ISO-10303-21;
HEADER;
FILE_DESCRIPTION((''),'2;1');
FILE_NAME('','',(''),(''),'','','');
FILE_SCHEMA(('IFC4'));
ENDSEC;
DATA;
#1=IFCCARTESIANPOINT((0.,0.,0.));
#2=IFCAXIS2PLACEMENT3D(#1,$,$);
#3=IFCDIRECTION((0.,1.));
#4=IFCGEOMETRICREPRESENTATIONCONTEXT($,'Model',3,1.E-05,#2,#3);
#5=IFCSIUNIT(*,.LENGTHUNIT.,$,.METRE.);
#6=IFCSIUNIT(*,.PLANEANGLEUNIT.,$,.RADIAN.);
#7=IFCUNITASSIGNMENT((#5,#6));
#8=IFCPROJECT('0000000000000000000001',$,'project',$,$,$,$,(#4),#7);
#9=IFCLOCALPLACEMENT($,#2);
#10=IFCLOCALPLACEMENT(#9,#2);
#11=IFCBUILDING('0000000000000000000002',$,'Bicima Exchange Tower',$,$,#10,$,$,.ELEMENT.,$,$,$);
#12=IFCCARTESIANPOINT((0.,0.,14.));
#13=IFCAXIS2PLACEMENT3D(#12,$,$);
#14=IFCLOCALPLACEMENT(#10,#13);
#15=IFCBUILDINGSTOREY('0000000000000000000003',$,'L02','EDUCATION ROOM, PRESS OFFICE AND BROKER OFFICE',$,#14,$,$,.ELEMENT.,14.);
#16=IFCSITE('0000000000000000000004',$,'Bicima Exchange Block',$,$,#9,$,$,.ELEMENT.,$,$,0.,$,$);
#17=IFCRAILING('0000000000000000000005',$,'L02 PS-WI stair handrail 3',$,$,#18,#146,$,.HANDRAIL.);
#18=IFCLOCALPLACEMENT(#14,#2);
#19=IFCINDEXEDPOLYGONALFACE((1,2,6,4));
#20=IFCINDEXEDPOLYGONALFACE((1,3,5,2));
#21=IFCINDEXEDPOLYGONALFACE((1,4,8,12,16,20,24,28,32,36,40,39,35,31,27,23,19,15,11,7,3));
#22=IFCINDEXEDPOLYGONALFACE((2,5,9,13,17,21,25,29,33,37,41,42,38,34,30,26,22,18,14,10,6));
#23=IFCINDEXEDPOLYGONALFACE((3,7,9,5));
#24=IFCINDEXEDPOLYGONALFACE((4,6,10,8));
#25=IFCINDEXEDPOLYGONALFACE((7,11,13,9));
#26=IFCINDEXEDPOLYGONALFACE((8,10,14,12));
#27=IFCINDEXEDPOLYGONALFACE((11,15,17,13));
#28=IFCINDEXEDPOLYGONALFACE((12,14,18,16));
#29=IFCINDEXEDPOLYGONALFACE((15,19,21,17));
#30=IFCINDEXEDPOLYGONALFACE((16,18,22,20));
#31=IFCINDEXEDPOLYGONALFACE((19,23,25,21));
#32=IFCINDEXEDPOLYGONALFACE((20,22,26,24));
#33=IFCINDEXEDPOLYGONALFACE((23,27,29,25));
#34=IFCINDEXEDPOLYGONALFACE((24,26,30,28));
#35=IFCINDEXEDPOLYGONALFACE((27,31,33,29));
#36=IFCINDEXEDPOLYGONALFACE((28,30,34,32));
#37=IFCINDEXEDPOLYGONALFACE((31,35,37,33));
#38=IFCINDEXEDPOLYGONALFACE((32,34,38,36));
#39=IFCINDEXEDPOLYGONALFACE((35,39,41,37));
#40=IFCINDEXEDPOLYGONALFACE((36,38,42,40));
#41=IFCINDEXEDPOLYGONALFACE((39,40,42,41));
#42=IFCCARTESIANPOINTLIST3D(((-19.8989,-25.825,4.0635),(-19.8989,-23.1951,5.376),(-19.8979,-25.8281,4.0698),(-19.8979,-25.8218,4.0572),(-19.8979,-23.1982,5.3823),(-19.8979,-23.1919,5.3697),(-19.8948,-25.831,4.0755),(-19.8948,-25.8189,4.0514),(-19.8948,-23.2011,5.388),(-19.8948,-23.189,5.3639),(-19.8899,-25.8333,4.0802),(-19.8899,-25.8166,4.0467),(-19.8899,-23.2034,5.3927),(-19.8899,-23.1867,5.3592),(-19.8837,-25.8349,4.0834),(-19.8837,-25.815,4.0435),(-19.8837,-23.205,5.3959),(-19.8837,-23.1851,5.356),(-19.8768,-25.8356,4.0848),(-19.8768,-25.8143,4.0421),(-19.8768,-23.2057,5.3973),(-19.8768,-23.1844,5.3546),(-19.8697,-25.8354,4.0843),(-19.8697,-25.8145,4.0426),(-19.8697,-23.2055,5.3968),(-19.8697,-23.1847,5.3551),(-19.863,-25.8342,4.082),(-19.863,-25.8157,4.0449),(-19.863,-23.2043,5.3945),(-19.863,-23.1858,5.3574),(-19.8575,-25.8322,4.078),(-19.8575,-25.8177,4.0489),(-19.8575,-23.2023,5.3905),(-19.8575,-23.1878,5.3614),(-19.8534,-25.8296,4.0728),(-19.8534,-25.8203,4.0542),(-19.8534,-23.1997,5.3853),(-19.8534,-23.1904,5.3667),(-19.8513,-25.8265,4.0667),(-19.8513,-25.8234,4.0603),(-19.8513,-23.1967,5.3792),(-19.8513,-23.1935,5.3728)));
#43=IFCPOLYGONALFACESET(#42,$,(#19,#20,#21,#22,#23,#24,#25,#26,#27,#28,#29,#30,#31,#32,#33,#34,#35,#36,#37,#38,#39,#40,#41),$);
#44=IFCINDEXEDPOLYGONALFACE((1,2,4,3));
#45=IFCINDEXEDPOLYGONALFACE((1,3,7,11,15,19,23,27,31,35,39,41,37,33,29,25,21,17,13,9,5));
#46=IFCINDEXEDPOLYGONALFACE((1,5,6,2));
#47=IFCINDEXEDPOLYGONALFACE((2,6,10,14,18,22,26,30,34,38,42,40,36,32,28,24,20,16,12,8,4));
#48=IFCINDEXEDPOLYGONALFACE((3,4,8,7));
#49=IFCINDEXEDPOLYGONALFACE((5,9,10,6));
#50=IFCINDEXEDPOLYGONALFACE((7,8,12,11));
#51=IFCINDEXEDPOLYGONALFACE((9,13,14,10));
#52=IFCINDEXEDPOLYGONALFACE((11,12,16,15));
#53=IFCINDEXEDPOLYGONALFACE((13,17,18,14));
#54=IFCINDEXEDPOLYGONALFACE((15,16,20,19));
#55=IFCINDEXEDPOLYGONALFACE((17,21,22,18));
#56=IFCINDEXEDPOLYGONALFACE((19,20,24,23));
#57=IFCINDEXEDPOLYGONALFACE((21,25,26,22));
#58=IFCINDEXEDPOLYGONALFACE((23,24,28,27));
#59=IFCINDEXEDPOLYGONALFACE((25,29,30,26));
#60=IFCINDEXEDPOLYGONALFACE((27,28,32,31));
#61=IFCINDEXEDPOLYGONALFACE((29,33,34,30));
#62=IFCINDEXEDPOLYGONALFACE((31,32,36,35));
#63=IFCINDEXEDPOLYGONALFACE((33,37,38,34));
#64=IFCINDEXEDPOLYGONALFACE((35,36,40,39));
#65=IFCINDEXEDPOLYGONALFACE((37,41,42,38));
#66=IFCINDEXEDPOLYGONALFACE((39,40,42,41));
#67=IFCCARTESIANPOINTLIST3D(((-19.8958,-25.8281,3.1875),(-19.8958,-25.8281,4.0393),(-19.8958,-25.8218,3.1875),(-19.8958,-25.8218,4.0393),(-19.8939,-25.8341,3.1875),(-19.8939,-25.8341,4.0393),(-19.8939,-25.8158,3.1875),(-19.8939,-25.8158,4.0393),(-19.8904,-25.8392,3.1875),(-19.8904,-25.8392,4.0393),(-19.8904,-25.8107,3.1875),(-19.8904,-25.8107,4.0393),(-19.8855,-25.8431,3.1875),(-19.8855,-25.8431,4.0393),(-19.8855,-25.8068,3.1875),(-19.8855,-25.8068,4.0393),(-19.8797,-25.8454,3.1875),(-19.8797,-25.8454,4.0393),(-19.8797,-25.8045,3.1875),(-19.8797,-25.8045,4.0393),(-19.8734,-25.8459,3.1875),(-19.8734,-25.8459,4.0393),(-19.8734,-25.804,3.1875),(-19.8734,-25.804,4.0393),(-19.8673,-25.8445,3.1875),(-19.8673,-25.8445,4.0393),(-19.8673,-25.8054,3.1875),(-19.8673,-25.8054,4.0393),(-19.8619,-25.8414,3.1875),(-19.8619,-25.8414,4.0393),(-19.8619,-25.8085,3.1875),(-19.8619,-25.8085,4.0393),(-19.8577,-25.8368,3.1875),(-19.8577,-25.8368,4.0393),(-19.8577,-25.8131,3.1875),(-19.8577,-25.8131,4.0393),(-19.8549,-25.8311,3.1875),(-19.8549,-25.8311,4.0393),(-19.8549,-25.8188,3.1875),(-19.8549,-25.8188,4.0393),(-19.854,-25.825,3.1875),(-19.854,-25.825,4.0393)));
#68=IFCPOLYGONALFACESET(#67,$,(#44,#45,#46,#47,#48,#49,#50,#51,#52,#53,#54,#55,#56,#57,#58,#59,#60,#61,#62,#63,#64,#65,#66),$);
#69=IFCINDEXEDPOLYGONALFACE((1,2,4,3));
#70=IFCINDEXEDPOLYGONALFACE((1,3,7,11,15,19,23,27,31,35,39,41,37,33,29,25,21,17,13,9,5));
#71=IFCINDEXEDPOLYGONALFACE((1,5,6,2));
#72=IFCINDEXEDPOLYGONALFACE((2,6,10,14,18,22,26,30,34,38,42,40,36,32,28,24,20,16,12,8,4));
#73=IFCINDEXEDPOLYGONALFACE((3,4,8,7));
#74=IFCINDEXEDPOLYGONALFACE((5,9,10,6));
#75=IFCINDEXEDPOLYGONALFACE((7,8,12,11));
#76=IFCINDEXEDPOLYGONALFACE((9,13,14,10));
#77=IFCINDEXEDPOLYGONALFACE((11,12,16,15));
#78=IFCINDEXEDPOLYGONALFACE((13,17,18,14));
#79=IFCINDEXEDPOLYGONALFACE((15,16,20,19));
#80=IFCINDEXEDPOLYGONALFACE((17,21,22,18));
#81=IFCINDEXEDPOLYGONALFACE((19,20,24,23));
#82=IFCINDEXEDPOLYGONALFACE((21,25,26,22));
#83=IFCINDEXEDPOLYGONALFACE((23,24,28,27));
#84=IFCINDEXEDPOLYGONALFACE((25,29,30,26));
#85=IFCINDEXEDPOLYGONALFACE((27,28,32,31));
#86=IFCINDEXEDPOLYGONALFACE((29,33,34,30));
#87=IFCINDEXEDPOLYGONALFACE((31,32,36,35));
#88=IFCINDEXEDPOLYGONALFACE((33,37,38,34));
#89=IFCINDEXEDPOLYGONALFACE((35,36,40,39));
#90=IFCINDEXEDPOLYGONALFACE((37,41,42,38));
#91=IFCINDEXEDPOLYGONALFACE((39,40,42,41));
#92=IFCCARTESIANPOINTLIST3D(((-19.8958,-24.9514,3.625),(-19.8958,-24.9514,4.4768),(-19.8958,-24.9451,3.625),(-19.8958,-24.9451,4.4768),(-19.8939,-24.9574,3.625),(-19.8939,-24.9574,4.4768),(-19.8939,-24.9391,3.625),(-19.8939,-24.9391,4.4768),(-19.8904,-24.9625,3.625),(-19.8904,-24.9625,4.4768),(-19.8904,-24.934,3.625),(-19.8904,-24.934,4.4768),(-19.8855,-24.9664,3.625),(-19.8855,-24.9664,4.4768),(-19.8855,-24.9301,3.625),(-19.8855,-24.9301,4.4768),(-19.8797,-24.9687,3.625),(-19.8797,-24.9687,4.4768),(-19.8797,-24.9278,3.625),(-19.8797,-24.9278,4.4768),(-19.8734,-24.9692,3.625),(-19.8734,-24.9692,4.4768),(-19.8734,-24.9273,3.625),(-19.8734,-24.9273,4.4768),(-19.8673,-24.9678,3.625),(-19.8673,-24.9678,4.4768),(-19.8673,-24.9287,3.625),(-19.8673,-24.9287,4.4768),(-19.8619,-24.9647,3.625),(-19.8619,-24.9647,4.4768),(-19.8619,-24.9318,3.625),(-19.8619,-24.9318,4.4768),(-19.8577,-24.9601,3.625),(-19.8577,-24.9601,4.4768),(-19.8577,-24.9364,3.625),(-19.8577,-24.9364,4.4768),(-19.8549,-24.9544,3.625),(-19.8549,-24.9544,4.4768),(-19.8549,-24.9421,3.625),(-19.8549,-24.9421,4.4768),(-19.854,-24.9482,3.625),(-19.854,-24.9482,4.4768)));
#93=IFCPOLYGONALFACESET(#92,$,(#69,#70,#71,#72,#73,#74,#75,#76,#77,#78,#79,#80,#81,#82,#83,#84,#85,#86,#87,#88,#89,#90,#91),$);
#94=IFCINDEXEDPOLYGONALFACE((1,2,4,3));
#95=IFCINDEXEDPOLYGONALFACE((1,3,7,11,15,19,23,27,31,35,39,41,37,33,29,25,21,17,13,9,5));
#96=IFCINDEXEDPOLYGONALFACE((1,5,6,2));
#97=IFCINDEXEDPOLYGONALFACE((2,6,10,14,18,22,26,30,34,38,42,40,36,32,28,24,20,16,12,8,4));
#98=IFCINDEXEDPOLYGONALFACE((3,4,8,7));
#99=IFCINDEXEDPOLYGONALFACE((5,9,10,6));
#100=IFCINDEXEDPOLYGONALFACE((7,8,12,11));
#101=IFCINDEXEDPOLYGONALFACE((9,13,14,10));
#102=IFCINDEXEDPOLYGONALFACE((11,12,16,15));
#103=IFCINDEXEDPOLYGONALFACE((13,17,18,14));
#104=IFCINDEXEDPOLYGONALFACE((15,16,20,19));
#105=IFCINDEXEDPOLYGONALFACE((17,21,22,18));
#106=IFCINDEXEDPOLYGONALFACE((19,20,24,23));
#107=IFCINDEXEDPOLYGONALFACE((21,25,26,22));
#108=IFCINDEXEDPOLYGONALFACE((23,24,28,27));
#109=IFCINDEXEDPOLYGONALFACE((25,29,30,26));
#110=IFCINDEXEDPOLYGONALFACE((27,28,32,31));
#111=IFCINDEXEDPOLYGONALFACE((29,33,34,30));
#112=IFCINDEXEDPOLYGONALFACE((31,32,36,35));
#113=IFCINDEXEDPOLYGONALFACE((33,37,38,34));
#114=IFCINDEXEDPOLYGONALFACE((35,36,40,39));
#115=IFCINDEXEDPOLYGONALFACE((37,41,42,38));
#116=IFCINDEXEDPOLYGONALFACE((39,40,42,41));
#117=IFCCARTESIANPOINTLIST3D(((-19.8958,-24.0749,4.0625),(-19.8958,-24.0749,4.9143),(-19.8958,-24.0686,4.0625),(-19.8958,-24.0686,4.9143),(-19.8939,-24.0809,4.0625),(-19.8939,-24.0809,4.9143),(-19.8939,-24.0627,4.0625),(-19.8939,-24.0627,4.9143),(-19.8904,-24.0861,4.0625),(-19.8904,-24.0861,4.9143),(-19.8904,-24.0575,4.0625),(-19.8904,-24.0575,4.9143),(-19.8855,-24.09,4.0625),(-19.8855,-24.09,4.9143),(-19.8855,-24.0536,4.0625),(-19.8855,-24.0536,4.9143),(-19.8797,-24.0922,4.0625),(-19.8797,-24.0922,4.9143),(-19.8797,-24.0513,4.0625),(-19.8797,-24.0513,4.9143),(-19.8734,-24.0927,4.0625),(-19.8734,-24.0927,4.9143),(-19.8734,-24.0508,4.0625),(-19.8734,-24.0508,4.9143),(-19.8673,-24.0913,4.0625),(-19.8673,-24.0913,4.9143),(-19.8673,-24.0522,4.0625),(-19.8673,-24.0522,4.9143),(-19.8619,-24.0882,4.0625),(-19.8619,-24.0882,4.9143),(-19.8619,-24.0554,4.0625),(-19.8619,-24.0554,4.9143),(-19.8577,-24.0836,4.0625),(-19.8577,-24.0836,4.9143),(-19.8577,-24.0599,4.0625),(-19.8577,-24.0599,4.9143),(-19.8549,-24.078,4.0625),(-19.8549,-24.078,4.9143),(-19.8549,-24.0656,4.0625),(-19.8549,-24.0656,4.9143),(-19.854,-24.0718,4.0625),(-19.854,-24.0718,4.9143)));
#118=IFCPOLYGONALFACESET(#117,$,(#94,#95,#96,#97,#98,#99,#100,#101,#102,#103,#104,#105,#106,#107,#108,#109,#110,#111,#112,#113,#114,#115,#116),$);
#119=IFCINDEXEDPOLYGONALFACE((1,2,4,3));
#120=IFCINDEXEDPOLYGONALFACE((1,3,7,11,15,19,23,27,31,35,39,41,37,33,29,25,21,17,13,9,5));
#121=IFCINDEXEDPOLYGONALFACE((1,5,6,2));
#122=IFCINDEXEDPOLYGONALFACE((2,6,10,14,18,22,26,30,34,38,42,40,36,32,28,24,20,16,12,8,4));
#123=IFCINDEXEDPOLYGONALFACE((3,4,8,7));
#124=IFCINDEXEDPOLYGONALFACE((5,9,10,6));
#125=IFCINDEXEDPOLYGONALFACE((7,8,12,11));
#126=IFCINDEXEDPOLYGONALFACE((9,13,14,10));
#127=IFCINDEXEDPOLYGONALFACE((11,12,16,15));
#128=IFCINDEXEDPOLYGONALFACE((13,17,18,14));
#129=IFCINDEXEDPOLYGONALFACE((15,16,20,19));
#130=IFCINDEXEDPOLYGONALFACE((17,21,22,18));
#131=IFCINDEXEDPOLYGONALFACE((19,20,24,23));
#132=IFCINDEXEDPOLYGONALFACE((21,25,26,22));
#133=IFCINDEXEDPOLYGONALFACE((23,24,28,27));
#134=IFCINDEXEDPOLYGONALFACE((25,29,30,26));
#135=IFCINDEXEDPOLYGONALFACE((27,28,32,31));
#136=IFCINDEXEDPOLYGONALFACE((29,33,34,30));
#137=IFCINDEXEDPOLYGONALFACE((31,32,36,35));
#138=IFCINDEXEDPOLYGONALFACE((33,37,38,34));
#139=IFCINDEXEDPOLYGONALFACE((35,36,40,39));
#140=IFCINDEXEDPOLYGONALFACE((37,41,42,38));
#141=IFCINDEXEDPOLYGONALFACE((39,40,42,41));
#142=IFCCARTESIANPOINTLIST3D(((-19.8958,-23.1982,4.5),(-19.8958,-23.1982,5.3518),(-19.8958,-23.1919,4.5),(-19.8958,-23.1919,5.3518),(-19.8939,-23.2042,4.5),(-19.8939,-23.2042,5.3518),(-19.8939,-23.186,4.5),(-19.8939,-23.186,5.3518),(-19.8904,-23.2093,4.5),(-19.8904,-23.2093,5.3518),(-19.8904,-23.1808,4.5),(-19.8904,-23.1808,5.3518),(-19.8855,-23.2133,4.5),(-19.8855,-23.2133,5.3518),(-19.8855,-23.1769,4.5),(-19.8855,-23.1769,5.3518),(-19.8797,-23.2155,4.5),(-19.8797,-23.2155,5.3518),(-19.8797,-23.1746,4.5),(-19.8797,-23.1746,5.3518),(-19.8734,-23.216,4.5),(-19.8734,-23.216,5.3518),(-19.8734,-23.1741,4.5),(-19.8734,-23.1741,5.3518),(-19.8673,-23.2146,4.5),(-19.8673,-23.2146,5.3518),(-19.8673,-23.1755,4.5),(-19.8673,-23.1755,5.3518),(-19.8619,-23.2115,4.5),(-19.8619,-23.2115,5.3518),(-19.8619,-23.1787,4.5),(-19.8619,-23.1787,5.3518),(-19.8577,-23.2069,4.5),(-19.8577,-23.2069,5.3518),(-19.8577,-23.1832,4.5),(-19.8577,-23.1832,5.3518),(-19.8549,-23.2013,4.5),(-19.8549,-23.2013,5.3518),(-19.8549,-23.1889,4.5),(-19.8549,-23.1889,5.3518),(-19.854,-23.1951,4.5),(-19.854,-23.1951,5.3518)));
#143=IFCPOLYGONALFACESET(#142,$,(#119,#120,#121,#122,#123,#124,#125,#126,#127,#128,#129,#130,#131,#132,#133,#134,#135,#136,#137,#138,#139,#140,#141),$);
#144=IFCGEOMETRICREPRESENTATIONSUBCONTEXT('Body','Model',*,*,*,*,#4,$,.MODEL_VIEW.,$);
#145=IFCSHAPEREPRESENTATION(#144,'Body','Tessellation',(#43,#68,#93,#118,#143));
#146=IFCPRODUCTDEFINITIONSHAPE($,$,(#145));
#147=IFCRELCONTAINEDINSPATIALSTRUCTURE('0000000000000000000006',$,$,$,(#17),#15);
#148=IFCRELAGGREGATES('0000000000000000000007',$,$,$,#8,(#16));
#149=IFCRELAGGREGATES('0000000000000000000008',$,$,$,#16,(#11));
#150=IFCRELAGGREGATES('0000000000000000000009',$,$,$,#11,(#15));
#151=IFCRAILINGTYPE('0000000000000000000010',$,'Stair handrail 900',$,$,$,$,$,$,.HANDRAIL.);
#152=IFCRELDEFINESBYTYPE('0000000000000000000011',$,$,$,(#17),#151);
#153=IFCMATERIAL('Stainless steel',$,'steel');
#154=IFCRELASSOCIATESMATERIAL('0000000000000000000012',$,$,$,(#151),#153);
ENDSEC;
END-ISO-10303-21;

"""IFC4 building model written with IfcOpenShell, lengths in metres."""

from ifc_helpers import new_model, si_unit, direction, frame, origin, origin_2d, place, context, subcontext, project, spatial, circle, extrude, material, type_object, element, save


model = new_model("IFC4")

# Units and contexts
model_context = context("Model", 3, precision=1e-05, world=origin(), true_north=direction((0.0, 1.0)))
body_context = subcontext(model_context, "Body", "Model", "MODEL_VIEW")
ifc_project = project(units=[si_unit("LENGTHUNIT", "METRE"), si_unit("PLANEANGLEUNIT", "RADIAN")], contexts=[model_context])

# Site, building, storey
site_placement = place(None, origin())
site = spatial("IfcSite", under=ifc_project, at=site_placement, Name="Bicima Exchange Block", CompositionType="ELEMENT", RefElevation=0.0)
building_placement = place(site_placement, origin())
building = spatial("IfcBuilding", under=site, at=building_placement, Name="Bicima Exchange Tower", CompositionType="ELEMENT")
storey_placement = place(building_placement, frame((0.0, 0.0, 14.0)))
storey = spatial("IfcBuildingStorey", under=building, at=storey_placement, Name="L02", Description="EDUCATION ROOM, PRESS OFFICE AND BROKER OFFICE", CompositionType="ELEMENT", Elevation=14.0)

# Shared definitions
ifc_material_1 = material(Name="Stainless steel", Category="steel")

# Railing
railing_type_1 = type_object("IfcRailingType", Name="Stair handrail 900", PredefinedType="HANDRAIL", material=ifc_material_1)
railing_1_placement = place(storey_placement, frame((-19.875, -25.825, 3.1875)))
element("IfcRailing", 1, at=railing_1_placement, inside=storey, type_object=railing_type_1, Name="L02 PS-WI stair handrail 3", PredefinedType="HANDRAIL", context=body_context, shape_type="SweptSolid", body=[
    extrude(circle(Radius=0.0239, at=origin_2d()), frame((0.0, 0.0, 0.876), z_axis=(0.0, 0.894759, 0.446549), x_axis=(-1.0, 0.0, 0.0)), (0.0, 0.0, 1.0), 2.9392),
    extrude(circle(Radius=0.021, at=origin_2d()), origin(), (0.0, 0.0, 1.0), 0.8518),
    extrude(circle(Radius=0.021, at=origin_2d()), frame((0.0, 0.8767, 0.4375)), (0.0, 0.0, 1.0), 0.8518),
    extrude(circle(Radius=0.021, at=origin_2d()), frame((0.0, 1.7532, 0.875)), (0.0, 0.0, 1.0), 0.8518),
    extrude(circle(Radius=0.021, at=origin_2d()), frame((0.0, 2.6299, 1.3125)), (0.0, 0.0, 1.0), 0.8518),
])

save(model, "model.ifc")
